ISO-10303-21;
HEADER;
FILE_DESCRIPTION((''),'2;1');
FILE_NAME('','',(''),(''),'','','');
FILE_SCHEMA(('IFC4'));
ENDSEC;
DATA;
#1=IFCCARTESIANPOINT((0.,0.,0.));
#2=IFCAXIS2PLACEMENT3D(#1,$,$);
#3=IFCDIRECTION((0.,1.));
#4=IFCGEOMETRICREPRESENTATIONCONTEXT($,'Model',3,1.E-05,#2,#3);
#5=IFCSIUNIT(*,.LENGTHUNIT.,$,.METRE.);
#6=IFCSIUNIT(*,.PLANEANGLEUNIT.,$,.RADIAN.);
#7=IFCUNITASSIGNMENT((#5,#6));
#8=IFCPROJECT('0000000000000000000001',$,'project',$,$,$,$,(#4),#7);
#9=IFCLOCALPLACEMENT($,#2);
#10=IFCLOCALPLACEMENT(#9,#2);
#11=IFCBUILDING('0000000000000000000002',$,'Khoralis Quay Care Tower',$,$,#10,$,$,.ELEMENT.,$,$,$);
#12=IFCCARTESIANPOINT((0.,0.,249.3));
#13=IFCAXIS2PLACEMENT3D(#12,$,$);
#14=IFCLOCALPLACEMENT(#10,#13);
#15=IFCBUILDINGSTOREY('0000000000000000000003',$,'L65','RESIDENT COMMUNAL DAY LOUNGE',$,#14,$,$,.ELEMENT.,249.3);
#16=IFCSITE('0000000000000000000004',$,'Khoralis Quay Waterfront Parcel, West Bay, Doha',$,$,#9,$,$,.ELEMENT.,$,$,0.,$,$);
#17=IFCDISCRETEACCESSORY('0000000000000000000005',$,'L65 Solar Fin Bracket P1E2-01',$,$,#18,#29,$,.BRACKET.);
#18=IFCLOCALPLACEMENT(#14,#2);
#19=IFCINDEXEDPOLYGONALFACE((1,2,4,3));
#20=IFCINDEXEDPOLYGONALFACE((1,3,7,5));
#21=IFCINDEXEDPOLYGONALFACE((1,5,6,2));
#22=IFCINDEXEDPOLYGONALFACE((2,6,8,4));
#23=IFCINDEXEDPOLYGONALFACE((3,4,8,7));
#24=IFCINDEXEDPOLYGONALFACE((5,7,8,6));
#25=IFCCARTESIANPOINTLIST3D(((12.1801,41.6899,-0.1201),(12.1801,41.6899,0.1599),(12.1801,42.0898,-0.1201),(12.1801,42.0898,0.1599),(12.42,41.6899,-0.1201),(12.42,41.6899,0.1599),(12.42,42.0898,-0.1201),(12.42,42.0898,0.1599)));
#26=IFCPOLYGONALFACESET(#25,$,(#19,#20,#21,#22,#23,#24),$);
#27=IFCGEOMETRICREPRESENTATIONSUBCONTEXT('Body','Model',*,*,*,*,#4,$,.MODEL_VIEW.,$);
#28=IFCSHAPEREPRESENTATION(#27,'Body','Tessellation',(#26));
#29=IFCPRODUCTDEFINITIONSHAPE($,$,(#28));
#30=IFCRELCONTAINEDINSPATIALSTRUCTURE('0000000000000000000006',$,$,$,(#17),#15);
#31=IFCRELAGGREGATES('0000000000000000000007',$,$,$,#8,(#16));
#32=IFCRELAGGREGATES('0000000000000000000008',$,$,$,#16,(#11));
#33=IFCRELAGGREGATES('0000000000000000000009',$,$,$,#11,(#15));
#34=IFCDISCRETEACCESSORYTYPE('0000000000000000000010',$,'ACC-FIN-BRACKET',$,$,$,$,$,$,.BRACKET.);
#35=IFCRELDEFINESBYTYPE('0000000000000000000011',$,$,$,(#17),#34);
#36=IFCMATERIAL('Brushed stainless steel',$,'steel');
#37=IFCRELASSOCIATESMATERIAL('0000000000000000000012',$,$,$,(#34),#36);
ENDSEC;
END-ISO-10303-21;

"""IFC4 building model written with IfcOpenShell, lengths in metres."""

from ifc_helpers import new_model, si_unit, direction, frame, origin, origin_2d, place, context, subcontext, project, spatial, rectangle, extrude, source, transform, mapped, material, type_object, element, save


model = new_model("IFC4")

# Units and contexts
model_context = context("Model", 3, precision=1e-05, world=origin(), true_north=direction((0.0, 1.0)))
body_context = subcontext(model_context, "Body", "Model", "MODEL_VIEW")
ifc_project = project(units=[si_unit("LENGTHUNIT", "METRE"), si_unit("PLANEANGLEUNIT", "RADIAN")], contexts=[model_context])

# Site, building, storey
site_placement = place(None, origin())
site = spatial("IfcSite", under=ifc_project, at=site_placement, Name="Khoralis Quay Waterfront Parcel, West Bay, Doha", CompositionType="ELEMENT", RefElevation=0.0)
building_placement = place(site_placement, origin())
building = spatial("IfcBuilding", under=site, at=building_placement, Name="Khoralis Quay Care Tower", CompositionType="ELEMENT")
storey_placement = place(building_placement, frame((0.0, 0.0, 249.3)))
storey = spatial("IfcBuildingStorey", under=building, at=storey_placement, Name="L65", Description="RESIDENT COMMUNAL DAY LOUNGE", CompositionType="ELEMENT", Elevation=249.3)

# Discrete accessory
ifc_material_1 = material(Name="Brushed stainless steel", Category="steel")
discrete_accessory_type = type_object("IfcDiscreteAccessoryType", Name="ACC-FIN-BRACKET", PredefinedType="BRACKET", material=ifc_material_1)
shared_shape_1 = source(origin(), body_context, "Body", "SweptSolid", [
    extrude(rectangle(XDim=0.3999, YDim=0.24, at=origin_2d()), origin(), (0.0, 0.0, 1.0), 0.28),
])
discrete_accessory_placement = place(storey_placement, frame((12.3, 41.8899, -0.1201), z_axis=(0.0, 0.0, 1.0), x_axis=(0.0, 1.0, 0.0)))
element("IfcDiscreteAccessory", 1, at=discrete_accessory_placement, inside=storey, type_object=discrete_accessory_type, Name="L65 Solar Fin Bracket P1E2-01", PredefinedType="BRACKET", context=body_context, shape_type="MappedRepresentation", body=[
    mapped(shared_shape_1, transform((0.0, 0.0, 0.0), scale=1.0)),
])

save(model, "model.ifc")
